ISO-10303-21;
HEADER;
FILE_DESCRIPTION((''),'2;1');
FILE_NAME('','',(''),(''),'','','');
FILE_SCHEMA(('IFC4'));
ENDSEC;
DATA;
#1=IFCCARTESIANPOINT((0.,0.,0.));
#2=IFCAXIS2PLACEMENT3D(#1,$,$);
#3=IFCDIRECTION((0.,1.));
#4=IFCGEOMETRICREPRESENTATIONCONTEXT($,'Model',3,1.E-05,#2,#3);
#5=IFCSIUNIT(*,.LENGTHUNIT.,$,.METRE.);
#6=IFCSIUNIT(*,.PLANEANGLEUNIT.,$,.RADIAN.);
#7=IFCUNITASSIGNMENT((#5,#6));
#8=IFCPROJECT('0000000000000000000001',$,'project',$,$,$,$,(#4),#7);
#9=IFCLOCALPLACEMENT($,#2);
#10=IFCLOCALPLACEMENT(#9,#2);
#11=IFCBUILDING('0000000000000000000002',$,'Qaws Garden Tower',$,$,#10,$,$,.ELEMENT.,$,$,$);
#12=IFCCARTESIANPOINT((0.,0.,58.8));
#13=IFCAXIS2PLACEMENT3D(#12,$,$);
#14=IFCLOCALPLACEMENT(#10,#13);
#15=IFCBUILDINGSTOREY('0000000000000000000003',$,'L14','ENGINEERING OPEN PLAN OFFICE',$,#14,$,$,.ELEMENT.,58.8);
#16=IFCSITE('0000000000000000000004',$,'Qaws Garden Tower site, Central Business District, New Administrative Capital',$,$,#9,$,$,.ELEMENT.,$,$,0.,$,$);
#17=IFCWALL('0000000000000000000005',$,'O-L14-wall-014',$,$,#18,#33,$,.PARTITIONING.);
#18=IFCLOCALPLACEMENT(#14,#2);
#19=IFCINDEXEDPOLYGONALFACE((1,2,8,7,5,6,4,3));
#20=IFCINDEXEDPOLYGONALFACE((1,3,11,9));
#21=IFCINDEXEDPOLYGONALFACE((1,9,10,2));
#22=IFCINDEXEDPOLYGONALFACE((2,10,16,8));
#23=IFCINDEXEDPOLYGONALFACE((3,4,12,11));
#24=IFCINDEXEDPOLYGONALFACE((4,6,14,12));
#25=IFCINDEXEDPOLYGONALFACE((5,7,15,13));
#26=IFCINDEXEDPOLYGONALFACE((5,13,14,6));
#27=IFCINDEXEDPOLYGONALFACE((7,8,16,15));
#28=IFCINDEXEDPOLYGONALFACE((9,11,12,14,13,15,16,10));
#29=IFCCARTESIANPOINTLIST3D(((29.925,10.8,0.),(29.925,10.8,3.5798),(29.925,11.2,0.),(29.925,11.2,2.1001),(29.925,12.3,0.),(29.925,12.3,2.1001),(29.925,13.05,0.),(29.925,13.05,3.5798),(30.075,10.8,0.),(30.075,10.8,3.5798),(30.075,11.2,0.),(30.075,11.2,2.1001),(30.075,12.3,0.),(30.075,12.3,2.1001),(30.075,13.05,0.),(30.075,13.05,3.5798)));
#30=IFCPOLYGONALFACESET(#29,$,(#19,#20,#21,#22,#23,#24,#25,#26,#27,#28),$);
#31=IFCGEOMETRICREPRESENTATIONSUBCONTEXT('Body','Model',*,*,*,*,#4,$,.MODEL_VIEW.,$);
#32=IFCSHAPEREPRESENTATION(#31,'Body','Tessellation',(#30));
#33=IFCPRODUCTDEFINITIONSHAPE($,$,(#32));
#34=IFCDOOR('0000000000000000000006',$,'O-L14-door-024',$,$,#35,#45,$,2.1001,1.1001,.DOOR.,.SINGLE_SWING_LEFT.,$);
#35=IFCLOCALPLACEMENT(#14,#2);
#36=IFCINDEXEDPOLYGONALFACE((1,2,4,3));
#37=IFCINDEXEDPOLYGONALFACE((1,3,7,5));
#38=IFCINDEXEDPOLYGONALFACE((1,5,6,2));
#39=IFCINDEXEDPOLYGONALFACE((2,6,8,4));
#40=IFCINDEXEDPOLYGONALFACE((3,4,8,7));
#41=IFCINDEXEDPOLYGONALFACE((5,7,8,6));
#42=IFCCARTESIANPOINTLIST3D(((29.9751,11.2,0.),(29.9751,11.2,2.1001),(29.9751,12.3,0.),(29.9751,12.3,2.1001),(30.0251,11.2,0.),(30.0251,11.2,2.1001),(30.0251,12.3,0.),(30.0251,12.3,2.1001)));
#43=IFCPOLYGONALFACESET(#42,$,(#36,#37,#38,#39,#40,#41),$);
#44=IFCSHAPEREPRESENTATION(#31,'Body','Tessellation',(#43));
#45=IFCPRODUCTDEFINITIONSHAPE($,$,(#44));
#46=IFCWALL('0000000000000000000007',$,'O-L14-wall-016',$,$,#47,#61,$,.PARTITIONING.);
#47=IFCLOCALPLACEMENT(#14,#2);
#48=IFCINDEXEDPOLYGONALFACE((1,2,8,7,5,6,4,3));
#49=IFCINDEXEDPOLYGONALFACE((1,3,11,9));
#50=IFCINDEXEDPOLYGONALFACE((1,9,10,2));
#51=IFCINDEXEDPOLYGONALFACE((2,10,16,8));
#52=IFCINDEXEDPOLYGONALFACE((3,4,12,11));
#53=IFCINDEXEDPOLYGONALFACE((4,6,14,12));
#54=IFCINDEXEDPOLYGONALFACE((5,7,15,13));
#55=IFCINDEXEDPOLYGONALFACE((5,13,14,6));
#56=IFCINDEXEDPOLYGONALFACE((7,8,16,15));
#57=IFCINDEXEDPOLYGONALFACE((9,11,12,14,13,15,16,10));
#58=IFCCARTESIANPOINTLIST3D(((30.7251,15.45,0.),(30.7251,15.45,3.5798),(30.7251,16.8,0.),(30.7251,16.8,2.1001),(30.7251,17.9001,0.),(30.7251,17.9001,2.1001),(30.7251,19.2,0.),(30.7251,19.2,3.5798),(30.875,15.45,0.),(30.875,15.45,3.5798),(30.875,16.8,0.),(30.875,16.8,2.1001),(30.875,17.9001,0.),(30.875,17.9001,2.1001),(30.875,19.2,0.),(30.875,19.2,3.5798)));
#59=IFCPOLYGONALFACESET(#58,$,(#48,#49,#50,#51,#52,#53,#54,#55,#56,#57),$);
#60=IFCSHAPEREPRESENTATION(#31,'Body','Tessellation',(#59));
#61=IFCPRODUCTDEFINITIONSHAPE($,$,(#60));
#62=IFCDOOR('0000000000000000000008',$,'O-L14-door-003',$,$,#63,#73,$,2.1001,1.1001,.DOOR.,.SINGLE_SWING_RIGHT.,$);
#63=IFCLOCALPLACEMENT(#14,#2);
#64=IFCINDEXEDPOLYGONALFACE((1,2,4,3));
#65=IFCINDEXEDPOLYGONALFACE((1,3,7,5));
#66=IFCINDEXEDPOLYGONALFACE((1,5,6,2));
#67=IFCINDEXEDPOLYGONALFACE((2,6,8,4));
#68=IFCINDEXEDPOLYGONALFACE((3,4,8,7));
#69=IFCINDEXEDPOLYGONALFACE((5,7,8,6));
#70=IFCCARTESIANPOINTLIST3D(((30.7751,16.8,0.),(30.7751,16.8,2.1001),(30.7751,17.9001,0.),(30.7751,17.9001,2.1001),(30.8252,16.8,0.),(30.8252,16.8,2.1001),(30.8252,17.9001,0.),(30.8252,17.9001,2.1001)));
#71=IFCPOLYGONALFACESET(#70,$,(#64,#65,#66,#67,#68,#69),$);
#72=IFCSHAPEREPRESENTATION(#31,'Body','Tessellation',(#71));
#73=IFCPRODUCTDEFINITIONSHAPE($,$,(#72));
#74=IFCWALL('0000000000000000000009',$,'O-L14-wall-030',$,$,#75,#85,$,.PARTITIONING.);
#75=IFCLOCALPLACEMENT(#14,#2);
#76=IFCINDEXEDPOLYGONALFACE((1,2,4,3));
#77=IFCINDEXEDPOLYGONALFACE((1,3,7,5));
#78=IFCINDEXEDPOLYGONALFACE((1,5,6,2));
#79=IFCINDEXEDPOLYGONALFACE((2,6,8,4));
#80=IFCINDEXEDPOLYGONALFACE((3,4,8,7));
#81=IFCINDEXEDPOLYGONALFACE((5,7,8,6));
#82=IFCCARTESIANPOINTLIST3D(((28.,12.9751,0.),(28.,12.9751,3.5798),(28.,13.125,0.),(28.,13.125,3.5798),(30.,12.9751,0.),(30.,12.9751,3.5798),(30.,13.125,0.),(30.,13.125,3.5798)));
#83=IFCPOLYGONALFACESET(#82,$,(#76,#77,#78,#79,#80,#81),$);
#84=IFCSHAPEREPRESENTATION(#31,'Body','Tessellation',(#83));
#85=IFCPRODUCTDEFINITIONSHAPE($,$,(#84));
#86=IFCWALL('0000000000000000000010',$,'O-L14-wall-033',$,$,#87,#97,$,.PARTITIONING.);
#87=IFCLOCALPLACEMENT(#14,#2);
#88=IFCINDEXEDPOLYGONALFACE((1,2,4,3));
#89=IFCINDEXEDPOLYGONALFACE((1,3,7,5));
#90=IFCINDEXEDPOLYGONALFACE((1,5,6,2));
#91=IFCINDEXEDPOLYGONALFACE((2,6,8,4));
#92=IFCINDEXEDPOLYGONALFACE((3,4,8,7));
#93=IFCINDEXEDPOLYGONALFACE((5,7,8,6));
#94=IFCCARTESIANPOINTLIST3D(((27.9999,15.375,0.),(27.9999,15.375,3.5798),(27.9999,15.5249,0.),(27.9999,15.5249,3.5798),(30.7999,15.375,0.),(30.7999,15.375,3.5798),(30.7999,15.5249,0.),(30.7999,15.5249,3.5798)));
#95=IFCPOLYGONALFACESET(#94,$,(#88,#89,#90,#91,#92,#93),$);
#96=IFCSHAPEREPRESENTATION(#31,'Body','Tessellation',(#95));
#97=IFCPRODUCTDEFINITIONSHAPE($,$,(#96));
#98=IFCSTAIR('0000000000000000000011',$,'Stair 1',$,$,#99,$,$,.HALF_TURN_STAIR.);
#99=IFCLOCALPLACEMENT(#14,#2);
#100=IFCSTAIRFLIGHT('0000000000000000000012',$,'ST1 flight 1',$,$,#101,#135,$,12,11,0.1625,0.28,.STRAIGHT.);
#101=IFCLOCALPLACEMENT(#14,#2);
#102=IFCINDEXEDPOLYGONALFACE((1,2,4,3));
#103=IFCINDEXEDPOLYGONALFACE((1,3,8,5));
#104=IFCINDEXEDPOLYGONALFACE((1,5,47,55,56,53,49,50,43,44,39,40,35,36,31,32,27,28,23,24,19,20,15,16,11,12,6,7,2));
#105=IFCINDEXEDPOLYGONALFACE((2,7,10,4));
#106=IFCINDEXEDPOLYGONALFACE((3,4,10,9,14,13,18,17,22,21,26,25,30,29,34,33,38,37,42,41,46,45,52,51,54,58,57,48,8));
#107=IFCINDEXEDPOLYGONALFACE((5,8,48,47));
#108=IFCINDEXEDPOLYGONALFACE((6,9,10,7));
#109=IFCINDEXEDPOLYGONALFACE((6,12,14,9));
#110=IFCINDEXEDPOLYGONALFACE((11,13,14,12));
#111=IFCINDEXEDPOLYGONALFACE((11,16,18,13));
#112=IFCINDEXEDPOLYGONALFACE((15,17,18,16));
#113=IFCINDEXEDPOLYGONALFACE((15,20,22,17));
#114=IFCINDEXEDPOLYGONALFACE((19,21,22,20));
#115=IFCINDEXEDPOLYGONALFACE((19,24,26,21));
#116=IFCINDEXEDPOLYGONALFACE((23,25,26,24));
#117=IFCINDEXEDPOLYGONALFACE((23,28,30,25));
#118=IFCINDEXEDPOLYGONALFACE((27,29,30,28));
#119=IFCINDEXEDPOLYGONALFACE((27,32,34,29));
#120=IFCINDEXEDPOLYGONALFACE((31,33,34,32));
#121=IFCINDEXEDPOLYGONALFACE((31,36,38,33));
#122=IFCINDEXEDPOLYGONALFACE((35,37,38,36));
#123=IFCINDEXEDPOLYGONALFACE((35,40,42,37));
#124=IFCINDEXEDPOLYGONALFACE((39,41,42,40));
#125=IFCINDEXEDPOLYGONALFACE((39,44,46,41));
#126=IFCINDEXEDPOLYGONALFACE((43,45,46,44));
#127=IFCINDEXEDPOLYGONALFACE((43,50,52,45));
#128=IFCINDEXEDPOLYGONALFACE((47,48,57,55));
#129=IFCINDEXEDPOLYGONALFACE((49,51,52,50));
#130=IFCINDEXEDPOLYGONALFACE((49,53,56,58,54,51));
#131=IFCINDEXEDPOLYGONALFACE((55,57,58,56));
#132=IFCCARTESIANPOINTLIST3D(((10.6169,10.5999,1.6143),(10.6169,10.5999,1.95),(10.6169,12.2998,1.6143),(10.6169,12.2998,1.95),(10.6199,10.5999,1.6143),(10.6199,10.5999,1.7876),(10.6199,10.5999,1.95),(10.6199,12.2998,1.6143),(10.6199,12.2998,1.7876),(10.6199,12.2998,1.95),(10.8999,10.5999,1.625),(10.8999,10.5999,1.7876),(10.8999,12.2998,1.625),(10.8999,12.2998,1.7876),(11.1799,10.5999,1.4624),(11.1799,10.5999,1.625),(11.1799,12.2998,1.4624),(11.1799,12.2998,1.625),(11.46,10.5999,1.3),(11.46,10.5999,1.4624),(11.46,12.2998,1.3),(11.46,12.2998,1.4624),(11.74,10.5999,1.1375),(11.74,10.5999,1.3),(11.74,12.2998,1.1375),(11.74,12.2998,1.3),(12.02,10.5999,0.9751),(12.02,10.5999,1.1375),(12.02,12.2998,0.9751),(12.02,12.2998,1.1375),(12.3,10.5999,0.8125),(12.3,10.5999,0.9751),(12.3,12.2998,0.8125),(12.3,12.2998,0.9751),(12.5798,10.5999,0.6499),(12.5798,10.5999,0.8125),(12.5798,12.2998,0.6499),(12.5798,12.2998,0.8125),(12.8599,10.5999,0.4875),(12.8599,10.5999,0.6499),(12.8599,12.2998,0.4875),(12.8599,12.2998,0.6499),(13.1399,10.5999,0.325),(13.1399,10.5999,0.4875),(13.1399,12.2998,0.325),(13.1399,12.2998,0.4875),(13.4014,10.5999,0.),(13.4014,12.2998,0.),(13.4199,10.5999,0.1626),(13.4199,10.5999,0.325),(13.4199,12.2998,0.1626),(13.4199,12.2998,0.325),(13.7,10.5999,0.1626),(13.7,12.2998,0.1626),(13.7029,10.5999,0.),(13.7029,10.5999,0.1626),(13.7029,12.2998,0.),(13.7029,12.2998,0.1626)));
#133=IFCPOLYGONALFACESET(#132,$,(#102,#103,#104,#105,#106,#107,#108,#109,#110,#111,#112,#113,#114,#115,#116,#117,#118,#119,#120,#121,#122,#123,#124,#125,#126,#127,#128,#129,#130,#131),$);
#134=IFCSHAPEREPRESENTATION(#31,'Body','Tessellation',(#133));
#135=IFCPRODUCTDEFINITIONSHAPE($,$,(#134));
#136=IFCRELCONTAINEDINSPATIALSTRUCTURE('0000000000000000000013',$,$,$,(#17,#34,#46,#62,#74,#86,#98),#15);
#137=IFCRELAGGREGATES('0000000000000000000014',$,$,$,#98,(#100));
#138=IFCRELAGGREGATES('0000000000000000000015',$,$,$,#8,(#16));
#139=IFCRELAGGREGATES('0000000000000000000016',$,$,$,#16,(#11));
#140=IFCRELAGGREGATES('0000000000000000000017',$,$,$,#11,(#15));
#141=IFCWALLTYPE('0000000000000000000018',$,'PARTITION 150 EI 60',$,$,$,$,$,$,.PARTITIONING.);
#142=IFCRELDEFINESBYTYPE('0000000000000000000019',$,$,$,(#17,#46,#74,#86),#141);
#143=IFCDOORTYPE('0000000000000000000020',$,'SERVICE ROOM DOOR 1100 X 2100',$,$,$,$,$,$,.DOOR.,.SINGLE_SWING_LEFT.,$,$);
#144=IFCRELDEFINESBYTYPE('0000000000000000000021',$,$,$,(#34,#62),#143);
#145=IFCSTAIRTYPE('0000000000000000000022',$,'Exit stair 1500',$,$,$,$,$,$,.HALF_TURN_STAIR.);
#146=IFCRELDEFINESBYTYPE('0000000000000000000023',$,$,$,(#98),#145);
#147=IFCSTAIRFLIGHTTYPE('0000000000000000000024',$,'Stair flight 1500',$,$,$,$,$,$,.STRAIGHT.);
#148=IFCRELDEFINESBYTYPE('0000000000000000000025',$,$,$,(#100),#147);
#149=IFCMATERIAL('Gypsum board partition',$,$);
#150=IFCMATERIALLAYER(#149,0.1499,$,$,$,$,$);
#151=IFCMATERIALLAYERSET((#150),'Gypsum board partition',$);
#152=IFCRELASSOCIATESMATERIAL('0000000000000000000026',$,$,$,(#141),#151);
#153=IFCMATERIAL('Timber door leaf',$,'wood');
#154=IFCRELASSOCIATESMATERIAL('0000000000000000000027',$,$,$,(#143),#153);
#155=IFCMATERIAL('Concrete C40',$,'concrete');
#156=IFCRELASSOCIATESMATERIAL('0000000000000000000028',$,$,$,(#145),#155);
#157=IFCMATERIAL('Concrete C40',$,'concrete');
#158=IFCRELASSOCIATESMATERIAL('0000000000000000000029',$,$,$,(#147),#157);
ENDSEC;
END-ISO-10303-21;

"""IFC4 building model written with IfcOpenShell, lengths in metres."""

from ifc_helpers import new_model, si_unit, direction, frame, frame_2d, origin, place, context, subcontext, project, spatial, polyline, rectangle, outline, extrude, material, layer, layer_set, type_object, element, fill, aggregate, save


model = new_model("IFC4")

# Units and contexts
model_context = context("Model", 3, precision=1e-05, world=origin(), true_north=direction((0.0, 1.0)))
body_context = subcontext(model_context, "Body", "Model", "MODEL_VIEW")
ifc_project = project(units=[si_unit("LENGTHUNIT", "METRE"), si_unit("PLANEANGLEUNIT", "RADIAN")], contexts=[model_context])

# Site, building, storey
site_placement = place(None, origin())
site = spatial("IfcSite", under=ifc_project, at=site_placement, Name="Qaws Garden Tower site, Central Business District, New Administrative Capital", CompositionType="ELEMENT", RefElevation=0.0)
building_placement = place(site_placement, origin())
building = spatial("IfcBuilding", under=site, at=building_placement, Name="Qaws Garden Tower", CompositionType="ELEMENT")
storey_placement = place(building_placement, frame((0.0, 0.0, 58.8)))
storey = spatial("IfcBuildingStorey", under=building, at=storey_placement, Name="L14", Description="ENGINEERING OPEN PLAN OFFICE", CompositionType="ELEMENT", Elevation=58.8)

# Walls, openings, doors
ifc_material_1 = material(Name="Gypsum board partition")
ifc_layer_1 = layer(ifc_material_1, 0.1499)
ifc_layer_set_1 = layer_set([ifc_layer_1], Name="Gypsum board partition")
wall_type_1 = type_object("IfcWallType", Name="PARTITION 150 EI 60", PredefinedType="PARTITIONING", material=ifc_layer_set_1)
wall_1_placement = place(storey_placement, frame((30.0, 10.8, 0.0), z_axis=(0.0, 0.0, 1.0), x_axis=(0.0, 1.0, 0.0)))
wall_1 = element("IfcWall", 1, at=wall_1_placement, inside=storey, type_object=wall_type_1, Name="O-L14-wall-014", PredefinedType="PARTITIONING", context=body_context, shape_type="SweptSolid", body=[
    extrude(rectangle(XDim=2.25, YDim=0.1499, at=frame_2d((1.125, 0.0))), origin(), (0.0, 0.0, 1.0), 3.5798),
])
opening_1_placement = place(wall_1_placement, frame((0.3999, 0.0, 0.0)))
opening_1 = element("IfcOpeningElement", 2, at=opening_1_placement, cuts=wall_1, PredefinedType="OPENING", context=body_context, shape_type="SweptSolid", body=[
    extrude(rectangle(XDim=1.1001, YDim=2.1001, at=frame_2d((0.55, 1.05))), frame((0.0, 0.085, 0.0), z_axis=(0.0, -1.0, 0.0), x_axis=(1.0, 0.0, 0.0)), (0.0, 0.0, 1.0), 0.1699),
])
ifc_material_2 = material(Name="Timber door leaf", Category="wood")
door_type_1 = type_object("IfcDoorType", Name="SERVICE ROOM DOOR 1100 X 2100", OperationType="SINGLE_SWING_LEFT", PredefinedType="DOOR", material=ifc_material_2)
door_1_placement = place(opening_1_placement, origin())
door_1 = element("IfcDoor", 3, at=door_1_placement, inside=storey, type_object=door_type_1, Name="O-L14-door-024", OperationType="SINGLE_SWING_LEFT", OverallHeight=2.1001, OverallWidth=1.1001, PredefinedType="DOOR", context=body_context, shape_type="SweptSolid", body=[
    extrude(rectangle(XDim=1.1001, YDim=2.1001, at=frame_2d((0.55, 1.05))), frame((0.0, 0.0249, 0.0), z_axis=(0.0, -1.0, 0.0), x_axis=(1.0, 0.0, 0.0)), (0.0, 0.0, 1.0), 0.05),
])
fill(opening_1, door_1)
wall_2_placement = place(storey_placement, frame((30.8, 15.45, 0.0), z_axis=(0.0, 0.0, 1.0), x_axis=(0.0, 1.0, 0.0)))
wall_2 = element("IfcWall", 4, at=wall_2_placement, inside=storey, type_object=wall_type_1, Name="O-L14-wall-016", PredefinedType="PARTITIONING", context=body_context, shape_type="SweptSolid", body=[
    extrude(rectangle(XDim=3.75, YDim=0.1499, at=frame_2d((1.875, 0.0))), origin(), (0.0, 0.0, 1.0), 3.5798),
])
opening_2_placement = place(wall_2_placement, frame((1.3501, 0.0, 0.0)))
opening_2 = element("IfcOpeningElement", 5, at=opening_2_placement, cuts=wall_2, PredefinedType="OPENING", context=body_context, shape_type="SweptSolid", body=[
    extrude(rectangle(XDim=1.1001, YDim=2.1001, at=frame_2d((0.55, 1.05))), frame((0.0, 0.085, 0.0), z_axis=(0.0, -1.0, 0.0), x_axis=(1.0, 0.0, 0.0)), (0.0, 0.0, 1.0), 0.1699),
])
door_2_placement = place(opening_2_placement, origin())
door_2 = element("IfcDoor", 6, at=door_2_placement, inside=storey, type_object=door_type_1, Name="O-L14-door-003", OperationType="SINGLE_SWING_RIGHT", OverallHeight=2.1001, OverallWidth=1.1001, PredefinedType="DOOR", context=body_context, shape_type="SweptSolid", body=[
    extrude(rectangle(XDim=1.1001, YDim=2.1001, at=frame_2d((0.55, 1.05))), frame((0.0, 0.0249, 0.0), z_axis=(0.0, -1.0, 0.0), x_axis=(1.0, 0.0, 0.0)), (0.0, 0.0, 1.0), 0.05),
])
fill(opening_2, door_2)

# Walls
wall_3_placement = place(storey_placement, frame((28.0, 13.05, 0.0), z_axis=(0.0, 0.0, 1.0), x_axis=(1.0, 0.0, 0.0)))
element("IfcWall", 7, at=wall_3_placement, inside=storey, type_object=wall_type_1, Name="O-L14-wall-030", PredefinedType="PARTITIONING", context=body_context, shape_type="SweptSolid", body=[
    extrude(rectangle(XDim=2.0, YDim=0.1499, at=frame_2d((1.0, 0.0))), origin(), (0.0, 0.0, 1.0), 3.5798),
])
wall_4_placement = place(storey_placement, frame((28.0, 15.45, 0.0), z_axis=(0.0, 0.0, 1.0), x_axis=(1.0, 0.0, 0.0)))
element("IfcWall", 8, at=wall_4_placement, inside=storey, type_object=wall_type_1, Name="O-L14-wall-033", PredefinedType="PARTITIONING", context=body_context, shape_type="SweptSolid", body=[
    extrude(rectangle(XDim=2.8, YDim=0.1499, at=frame_2d((1.3999, 0.0))), origin(), (0.0, 0.0, 1.0), 3.5798),
])

# Stair, stair flight
ifc_material_3 = material(Name="Concrete C40", Category="concrete")
stair_type = type_object("IfcStairType", Name="Exit stair 1500", PredefinedType="HALF_TURN_STAIR", material=ifc_material_3)
stair_placement = place(storey_placement, origin())
stair = element("IfcStair", 9, at=stair_placement, inside=storey, type_object=stair_type, Name="Stair 1", PredefinedType="HALF_TURN_STAIR")
ifc_material_4 = material(Name="Concrete C40", Category="concrete")
stair_flight_type = type_object("IfcStairFlightType", Name="Stair flight 1500", PredefinedType="STRAIGHT", material=ifc_material_4)
stair_flight_placement = place(storey_placement, frame((13.7, 11.45, 0.0), z_axis=(0.0, 0.0, 1.0), x_axis=(-1.0, 0.0, 0.0)))
stair_flight = element("IfcStairFlight", 10, at=stair_flight_placement, type_object=stair_flight_type, Name="ST1 flight 1", NumberOfRisers=12, NumberOfTreads=11, PredefinedType="STRAIGHT", RiserHeight=0.1625, TreadLength=0.28, context=body_context, shape_type="SweptSolid", body=[
    extrude(outline(polyline([(-0.0029, 0.0), (-0.0029, 0.1626), (0.0, 0.1626), (0.28, 0.1626), (0.28, 0.325), (0.5601, 0.325), (0.5601, 0.4875), (0.8401, 0.4875), (0.8401, 0.6499), (1.1201, 0.6499), (1.1201, 0.8125), (1.3999, 0.8125), (1.3999, 0.9751), (1.6799, 0.9751), (1.6799, 1.1375), (1.96, 1.1375), (1.96, 1.3), (2.24, 1.3), (2.24, 1.4624), (2.52, 1.4624), (2.52, 1.625), (2.8, 1.625), (2.8, 1.7876), (3.0801, 1.7876), (3.0801, 1.95), (3.083, 1.95), (3.083, 1.6143), (3.0801, 1.6143), (0.2986, 0.0), (-0.0029, 0.0)])), frame((0.0, 0.8501, 0.0), z_axis=(0.0, -1.0, 0.0), x_axis=(1.0, 0.0, 0.0)), (0.0, 0.0, 1.0), 1.7),
])
aggregate(stair, [stair_flight])

save(model, "model.ifc")
